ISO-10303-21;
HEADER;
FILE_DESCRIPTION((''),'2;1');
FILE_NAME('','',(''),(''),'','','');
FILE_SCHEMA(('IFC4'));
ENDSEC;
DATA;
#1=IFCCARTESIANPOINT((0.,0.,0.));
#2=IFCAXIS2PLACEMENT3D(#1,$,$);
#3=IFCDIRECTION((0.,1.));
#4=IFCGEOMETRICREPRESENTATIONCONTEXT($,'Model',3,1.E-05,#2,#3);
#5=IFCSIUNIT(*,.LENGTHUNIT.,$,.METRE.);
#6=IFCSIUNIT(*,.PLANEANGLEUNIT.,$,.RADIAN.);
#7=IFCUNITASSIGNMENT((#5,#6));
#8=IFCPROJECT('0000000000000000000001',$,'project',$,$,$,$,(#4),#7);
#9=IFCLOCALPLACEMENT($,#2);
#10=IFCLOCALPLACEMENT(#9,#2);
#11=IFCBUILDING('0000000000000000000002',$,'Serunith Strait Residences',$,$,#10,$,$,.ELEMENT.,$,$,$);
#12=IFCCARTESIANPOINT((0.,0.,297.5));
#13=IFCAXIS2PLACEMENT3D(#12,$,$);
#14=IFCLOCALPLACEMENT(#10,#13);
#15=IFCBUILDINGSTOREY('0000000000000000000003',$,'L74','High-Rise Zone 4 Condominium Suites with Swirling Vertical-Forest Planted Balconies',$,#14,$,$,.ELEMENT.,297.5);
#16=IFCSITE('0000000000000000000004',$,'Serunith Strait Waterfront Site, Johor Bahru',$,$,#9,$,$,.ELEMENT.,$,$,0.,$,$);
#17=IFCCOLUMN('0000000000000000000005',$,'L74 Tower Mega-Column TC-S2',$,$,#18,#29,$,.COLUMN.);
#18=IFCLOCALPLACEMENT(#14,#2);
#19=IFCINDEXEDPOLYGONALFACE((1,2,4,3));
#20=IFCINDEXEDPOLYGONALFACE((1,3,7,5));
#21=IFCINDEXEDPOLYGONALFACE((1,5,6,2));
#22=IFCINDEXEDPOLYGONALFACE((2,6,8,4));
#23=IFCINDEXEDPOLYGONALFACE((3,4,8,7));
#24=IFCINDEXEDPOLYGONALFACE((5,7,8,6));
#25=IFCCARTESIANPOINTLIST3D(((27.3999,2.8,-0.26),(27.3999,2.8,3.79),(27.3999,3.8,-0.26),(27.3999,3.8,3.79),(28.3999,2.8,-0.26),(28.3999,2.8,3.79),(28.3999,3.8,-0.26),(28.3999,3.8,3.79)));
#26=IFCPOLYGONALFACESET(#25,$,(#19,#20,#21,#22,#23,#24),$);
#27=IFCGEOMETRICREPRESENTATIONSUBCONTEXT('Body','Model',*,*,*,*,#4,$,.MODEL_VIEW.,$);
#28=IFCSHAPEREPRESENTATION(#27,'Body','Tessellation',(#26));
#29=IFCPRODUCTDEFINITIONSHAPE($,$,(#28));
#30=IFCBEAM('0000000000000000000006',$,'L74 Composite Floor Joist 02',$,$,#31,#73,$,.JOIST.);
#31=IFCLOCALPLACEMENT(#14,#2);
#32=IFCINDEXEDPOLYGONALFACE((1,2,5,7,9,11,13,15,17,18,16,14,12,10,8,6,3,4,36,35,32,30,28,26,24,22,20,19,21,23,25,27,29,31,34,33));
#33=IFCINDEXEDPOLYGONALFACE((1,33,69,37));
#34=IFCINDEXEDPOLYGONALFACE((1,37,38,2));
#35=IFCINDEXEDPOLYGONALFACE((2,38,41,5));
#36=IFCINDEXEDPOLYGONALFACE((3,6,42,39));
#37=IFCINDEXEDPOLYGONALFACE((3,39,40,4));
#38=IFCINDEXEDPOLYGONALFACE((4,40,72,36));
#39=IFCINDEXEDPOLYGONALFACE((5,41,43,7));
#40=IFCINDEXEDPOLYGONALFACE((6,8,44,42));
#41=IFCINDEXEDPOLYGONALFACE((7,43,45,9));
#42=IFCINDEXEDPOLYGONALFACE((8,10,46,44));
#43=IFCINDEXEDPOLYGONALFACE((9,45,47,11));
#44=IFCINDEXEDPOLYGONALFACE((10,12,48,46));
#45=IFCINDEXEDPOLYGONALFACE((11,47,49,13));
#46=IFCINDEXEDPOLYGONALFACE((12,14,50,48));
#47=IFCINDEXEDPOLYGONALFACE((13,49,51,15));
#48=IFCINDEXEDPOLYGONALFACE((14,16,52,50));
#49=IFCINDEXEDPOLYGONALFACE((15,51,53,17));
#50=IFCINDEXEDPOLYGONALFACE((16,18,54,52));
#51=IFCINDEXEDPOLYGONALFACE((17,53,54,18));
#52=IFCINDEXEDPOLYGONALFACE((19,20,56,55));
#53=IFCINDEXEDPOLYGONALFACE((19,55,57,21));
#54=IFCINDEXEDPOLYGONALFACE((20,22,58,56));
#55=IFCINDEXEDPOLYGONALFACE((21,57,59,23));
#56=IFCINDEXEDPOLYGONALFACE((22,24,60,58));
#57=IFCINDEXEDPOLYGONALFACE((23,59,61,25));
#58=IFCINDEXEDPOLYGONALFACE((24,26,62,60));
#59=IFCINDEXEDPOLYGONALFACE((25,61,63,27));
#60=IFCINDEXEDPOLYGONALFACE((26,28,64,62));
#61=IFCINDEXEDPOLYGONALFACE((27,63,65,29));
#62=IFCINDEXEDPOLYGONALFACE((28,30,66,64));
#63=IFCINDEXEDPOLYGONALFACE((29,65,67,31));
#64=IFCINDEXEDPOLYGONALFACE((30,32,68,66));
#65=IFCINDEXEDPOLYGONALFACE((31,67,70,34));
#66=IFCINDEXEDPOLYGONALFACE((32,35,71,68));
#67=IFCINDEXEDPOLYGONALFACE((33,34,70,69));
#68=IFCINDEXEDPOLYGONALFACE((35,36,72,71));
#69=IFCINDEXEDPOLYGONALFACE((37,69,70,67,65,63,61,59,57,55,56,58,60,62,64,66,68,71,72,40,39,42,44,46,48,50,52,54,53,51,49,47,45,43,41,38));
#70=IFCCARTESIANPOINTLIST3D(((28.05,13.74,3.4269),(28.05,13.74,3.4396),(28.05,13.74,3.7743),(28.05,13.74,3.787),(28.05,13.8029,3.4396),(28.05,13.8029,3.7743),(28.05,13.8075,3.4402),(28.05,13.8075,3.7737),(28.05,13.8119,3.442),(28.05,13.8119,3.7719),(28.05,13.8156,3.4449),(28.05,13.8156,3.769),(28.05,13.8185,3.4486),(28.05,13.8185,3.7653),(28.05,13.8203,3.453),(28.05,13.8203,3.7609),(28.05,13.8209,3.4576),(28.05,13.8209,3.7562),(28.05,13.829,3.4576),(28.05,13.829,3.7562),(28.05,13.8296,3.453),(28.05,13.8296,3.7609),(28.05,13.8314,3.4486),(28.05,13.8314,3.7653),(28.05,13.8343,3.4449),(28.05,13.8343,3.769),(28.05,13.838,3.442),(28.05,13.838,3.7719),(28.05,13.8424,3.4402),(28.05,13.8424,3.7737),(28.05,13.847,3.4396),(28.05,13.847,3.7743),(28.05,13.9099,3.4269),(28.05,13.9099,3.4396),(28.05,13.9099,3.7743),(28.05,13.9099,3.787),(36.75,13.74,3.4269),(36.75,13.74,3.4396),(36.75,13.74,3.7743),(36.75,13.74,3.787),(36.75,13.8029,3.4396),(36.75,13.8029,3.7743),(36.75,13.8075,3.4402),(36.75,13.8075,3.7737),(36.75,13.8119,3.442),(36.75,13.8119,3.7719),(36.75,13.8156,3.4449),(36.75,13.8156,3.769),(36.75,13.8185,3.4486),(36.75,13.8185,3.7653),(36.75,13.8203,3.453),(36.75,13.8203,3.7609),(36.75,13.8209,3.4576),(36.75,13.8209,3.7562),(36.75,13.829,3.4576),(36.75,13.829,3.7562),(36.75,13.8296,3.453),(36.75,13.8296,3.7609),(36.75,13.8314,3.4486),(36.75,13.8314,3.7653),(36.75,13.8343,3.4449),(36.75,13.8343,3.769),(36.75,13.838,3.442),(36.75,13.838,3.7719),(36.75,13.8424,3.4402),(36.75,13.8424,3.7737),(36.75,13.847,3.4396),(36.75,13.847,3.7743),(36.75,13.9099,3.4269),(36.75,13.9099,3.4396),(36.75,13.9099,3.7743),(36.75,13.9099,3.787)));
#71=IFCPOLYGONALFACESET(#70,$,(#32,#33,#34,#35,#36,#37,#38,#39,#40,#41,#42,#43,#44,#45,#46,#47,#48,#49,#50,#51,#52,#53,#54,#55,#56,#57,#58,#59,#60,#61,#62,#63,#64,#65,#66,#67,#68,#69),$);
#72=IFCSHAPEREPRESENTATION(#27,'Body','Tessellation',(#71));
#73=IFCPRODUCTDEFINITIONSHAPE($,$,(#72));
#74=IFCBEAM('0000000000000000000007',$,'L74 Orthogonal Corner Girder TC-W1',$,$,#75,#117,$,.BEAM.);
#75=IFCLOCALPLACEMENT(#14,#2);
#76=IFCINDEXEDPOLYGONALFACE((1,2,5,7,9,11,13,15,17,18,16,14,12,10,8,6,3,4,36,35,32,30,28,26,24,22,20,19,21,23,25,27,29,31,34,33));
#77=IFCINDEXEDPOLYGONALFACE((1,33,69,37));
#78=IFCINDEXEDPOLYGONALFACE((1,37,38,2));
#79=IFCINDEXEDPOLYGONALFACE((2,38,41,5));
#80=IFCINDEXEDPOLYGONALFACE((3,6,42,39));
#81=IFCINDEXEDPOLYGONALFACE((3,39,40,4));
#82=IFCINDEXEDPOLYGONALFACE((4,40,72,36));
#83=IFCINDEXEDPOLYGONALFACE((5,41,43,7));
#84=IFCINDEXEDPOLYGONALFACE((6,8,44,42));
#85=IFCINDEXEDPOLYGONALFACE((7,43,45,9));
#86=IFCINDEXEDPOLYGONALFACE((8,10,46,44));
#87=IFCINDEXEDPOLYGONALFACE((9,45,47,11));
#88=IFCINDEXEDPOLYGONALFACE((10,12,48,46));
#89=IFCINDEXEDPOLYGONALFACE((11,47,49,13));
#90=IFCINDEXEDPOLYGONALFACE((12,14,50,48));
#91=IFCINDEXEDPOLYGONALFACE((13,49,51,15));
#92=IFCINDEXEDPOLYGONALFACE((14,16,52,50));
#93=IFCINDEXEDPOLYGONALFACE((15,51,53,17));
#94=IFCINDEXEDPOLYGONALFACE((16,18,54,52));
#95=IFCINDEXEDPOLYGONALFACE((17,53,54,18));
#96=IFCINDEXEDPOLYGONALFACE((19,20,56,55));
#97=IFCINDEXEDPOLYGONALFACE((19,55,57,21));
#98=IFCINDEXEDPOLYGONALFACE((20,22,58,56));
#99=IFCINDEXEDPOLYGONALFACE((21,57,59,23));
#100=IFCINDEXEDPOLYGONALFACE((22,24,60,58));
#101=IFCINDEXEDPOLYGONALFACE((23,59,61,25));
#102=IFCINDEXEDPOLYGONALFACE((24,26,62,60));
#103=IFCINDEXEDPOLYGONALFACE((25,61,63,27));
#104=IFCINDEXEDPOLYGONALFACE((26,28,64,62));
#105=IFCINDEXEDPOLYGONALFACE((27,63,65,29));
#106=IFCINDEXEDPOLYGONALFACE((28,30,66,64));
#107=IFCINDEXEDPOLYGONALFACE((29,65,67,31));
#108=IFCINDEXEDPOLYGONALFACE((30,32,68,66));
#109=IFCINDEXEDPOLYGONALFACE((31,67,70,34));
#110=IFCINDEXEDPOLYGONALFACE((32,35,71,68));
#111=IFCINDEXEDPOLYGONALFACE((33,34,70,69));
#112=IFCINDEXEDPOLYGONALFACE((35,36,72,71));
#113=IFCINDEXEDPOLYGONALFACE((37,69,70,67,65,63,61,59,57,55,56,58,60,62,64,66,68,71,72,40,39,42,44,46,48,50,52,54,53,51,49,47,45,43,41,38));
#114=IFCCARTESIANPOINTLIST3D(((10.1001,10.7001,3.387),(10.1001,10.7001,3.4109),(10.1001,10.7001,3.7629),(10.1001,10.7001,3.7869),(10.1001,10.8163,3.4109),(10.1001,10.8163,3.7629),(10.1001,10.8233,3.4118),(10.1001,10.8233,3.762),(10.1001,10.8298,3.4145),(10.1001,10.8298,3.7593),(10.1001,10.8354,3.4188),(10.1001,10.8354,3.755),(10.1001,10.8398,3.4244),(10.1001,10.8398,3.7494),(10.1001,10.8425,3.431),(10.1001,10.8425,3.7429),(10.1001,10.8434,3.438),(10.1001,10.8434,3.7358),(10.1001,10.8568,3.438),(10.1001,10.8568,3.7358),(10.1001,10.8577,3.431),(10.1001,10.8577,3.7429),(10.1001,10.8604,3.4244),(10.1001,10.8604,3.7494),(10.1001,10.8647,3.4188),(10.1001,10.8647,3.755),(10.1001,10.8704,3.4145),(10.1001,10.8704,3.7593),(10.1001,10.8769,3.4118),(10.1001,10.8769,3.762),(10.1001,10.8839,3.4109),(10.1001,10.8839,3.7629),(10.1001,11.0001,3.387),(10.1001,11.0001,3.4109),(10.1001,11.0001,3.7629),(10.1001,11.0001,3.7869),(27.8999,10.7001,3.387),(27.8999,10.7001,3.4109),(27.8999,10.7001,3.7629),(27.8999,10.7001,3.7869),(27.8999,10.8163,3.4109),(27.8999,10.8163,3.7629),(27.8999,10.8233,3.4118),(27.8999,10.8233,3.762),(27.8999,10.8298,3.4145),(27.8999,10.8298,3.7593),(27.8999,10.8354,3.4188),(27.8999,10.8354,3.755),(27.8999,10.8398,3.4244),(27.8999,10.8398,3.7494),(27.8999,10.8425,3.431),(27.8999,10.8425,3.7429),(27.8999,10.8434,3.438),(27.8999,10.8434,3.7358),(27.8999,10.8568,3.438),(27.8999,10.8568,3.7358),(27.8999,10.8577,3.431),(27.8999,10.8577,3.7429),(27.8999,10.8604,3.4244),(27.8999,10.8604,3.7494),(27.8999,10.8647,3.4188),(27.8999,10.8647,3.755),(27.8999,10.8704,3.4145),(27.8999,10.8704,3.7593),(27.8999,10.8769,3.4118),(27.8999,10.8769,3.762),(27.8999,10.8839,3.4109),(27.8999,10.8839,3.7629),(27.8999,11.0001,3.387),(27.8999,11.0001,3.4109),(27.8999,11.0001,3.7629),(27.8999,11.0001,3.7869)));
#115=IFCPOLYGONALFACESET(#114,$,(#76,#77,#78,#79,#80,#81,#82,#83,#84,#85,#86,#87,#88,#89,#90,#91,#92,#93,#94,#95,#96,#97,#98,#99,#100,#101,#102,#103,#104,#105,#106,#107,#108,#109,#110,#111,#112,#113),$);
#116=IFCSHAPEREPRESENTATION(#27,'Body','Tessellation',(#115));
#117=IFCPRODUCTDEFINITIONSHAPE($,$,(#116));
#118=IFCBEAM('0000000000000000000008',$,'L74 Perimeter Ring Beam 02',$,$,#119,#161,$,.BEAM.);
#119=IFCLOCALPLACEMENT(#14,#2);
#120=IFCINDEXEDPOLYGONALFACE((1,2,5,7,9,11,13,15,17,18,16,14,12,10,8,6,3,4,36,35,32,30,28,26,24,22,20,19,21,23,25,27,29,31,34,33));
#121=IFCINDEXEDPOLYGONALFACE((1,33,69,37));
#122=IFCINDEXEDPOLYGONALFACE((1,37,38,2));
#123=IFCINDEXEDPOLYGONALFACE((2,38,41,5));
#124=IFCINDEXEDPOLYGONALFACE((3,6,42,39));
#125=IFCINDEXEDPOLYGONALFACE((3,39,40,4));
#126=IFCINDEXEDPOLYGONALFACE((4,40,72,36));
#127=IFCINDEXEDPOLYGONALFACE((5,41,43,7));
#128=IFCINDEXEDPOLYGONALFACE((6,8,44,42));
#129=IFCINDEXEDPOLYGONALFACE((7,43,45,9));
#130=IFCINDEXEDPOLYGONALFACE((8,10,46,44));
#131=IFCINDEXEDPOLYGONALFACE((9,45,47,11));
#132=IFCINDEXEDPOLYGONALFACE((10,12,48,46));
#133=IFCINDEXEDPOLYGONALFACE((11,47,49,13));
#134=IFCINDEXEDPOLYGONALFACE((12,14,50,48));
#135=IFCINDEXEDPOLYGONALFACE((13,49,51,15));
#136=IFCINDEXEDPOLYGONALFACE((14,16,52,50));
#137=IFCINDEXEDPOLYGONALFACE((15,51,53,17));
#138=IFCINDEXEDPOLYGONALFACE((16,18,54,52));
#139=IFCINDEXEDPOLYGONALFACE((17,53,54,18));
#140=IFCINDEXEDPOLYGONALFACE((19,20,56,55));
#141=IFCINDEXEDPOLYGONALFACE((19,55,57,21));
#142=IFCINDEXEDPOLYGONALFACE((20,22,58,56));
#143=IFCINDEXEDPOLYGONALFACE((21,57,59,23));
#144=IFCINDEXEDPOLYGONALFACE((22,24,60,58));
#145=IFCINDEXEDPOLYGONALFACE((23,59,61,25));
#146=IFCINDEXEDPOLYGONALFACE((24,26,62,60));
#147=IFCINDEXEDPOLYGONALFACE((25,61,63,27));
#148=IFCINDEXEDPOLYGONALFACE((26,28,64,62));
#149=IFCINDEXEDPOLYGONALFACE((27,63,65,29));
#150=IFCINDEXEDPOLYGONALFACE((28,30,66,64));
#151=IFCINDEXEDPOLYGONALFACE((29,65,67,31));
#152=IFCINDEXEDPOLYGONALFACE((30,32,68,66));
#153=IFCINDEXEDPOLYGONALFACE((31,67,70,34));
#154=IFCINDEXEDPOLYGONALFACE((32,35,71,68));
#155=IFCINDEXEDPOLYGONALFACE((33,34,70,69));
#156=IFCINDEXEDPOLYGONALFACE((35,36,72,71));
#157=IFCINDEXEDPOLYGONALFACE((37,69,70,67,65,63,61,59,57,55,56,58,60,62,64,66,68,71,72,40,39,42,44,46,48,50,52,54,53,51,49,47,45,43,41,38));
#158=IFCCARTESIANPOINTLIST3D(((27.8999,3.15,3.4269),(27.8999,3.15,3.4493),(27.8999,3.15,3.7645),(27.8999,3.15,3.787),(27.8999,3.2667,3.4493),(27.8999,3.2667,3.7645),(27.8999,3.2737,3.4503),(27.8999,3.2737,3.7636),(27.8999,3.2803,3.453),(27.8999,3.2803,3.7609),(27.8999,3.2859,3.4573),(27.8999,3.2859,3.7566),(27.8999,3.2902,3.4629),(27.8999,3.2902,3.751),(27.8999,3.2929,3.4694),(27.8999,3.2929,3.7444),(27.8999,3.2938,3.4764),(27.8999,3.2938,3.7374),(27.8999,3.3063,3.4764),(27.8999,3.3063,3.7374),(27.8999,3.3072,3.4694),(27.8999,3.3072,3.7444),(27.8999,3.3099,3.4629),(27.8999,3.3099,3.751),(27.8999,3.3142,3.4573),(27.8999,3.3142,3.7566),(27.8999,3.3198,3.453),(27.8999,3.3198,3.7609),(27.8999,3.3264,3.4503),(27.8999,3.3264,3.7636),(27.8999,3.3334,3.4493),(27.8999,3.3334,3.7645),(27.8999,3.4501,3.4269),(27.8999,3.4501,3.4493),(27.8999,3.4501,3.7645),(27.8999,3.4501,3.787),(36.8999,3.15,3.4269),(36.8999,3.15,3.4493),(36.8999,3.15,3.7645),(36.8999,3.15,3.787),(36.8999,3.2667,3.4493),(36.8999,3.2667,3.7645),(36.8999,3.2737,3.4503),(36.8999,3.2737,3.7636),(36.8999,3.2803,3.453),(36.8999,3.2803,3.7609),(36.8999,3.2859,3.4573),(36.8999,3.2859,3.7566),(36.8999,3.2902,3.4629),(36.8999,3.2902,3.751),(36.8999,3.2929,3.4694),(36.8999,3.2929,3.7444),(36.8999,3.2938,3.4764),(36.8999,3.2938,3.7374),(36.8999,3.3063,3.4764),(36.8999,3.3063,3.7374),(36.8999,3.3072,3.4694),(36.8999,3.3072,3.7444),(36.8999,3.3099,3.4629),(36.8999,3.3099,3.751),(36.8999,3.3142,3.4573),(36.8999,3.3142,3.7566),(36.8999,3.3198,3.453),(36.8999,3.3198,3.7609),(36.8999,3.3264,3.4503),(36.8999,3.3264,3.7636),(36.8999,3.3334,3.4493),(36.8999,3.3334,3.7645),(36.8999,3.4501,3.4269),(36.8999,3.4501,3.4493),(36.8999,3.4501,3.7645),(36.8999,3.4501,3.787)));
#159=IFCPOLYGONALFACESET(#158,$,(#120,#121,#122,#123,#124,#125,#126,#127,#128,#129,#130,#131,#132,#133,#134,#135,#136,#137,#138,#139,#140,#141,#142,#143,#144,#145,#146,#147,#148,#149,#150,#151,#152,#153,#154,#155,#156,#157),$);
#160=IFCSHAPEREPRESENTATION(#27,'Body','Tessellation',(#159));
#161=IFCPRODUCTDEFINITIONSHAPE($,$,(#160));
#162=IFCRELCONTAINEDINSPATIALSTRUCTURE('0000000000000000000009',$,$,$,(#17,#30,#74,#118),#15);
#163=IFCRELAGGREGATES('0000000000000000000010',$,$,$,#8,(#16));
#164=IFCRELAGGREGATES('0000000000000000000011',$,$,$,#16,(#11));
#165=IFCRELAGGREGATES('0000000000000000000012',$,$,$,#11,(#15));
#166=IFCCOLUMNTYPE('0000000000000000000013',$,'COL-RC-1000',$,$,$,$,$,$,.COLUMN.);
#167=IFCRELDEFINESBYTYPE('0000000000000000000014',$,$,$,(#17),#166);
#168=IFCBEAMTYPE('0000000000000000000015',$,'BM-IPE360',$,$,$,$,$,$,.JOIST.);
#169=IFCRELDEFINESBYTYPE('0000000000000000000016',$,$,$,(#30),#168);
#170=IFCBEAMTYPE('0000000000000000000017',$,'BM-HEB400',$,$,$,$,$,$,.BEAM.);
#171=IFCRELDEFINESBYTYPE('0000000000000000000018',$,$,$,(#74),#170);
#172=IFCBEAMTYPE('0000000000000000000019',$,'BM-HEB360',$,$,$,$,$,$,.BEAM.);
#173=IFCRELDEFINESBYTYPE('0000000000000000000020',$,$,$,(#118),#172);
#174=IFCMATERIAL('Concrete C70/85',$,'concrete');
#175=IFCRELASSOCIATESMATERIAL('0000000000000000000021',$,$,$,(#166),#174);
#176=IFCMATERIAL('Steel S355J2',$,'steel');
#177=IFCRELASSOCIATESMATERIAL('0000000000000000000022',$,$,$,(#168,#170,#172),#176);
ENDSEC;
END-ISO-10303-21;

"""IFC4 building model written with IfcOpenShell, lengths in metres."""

from ifc_helpers import new_model, si_unit, direction, frame, origin, origin_2d, place, context, subcontext, project, spatial, rectangle, i_section, extrude, source, transform, mapped, material, material_profile, profile_set, type_object, element, save


model = new_model("IFC4")

# Units and contexts
model_context = context("Model", 3, precision=1e-05, world=origin(), true_north=direction((0.0, 1.0)))
body_context = subcontext(model_context, "Body", "Model", "MODEL_VIEW")
ifc_project = project(units=[si_unit("LENGTHUNIT", "METRE"), si_unit("PLANEANGLEUNIT", "RADIAN")], contexts=[model_context])

# Site, building, storey
site_placement = place(None, origin())
site = spatial("IfcSite", under=ifc_project, at=site_placement, Name="Serunith Strait Waterfront Site, Johor Bahru", CompositionType="ELEMENT", RefElevation=0.0)
building_placement = place(site_placement, origin())
building = spatial("IfcBuilding", under=site, at=building_placement, Name="Serunith Strait Residences", CompositionType="ELEMENT")
storey_placement = place(building_placement, frame((0.0, 0.0, 297.5)))
storey = spatial("IfcBuildingStorey", under=building, at=storey_placement, Name="L74", Description="High-Rise Zone 4 Condominium Suites with Swirling Vertical-Forest Planted Balconies", CompositionType="ELEMENT", Elevation=297.5)

# Column
ifc_material_1 = material(Name="Concrete C70/85", Category="concrete")
ifc_material_profile_1 = material_profile(ifc_material_1, rectangle(XDim=1.0, YDim=1.0, at=origin_2d()), Name="RC 1000x1000")
ifc_profile_set_1 = profile_set([ifc_material_profile_1], Name="Concrete C70/85")
column_type = type_object("IfcColumnType", Name="COL-RC-1000", PredefinedType="COLUMN", material=ifc_profile_set_1)
shared_shape_1 = source(origin(), body_context, "Body", "SweptSolid", [
    extrude(rectangle(XDim=1.0, YDim=1.0, at=origin_2d()), origin(), (0.0, 0.0, 1.0), 4.05),
])
column_placement = place(storey_placement, frame((27.8999, 3.3, -0.26), z_axis=(0.0, 0.0, 1.0), x_axis=(1.0, 0.0, 0.0)))
element("IfcColumn", 1, at=column_placement, inside=storey, type_object=column_type, Name="L74 Tower Mega-Column TC-S2", PredefinedType="COLUMN", context=body_context, shape_type="MappedRepresentation", body=[
    mapped(shared_shape_1, transform((0.0, 0.0, 0.0), scale=1.0)),
])

# Beams
ifc_material_2 = material(Name="Steel S355J2", Category="steel")
ifc_material_profile_2 = material_profile(ifc_material_2, i_section(OverallWidth=0.1699, OverallDepth=0.3601, WebThickness=0.0081, FlangeThickness=0.0127, FilletRadius=0.0181, at=origin_2d()), Name="IPE 360")
ifc_profile_set_2 = profile_set([ifc_material_profile_2], Name="Steel S355J2")
beam_type_1 = type_object("IfcBeamType", Name="BM-IPE360", PredefinedType="JOIST", material=ifc_profile_set_2)
shared_shape_2 = source(origin(), body_context, "Body", "SweptSolid", [
    extrude(i_section(OverallWidth=0.1699, OverallDepth=0.3601, WebThickness=0.0081, FlangeThickness=0.0127, FilletRadius=0.0181, at=origin_2d()), origin(), (0.0, 0.0, 1.0), 8.7),
])
beam_1_placement = place(storey_placement, frame((28.05, 13.825, 3.6069), z_axis=(1.0, 0.0, 0.0), x_axis=(0.0, 1.0, 0.0)))
element("IfcBeam", 2, at=beam_1_placement, inside=storey, type_object=beam_type_1, Name="L74 Composite Floor Joist 02", PredefinedType="JOIST", context=body_context, shape_type="MappedRepresentation", body=[
    mapped(shared_shape_2, transform((0.0, 0.0, 0.0), scale=1.0)),
])
ifc_material_profile_3 = material_profile(ifc_material_2, i_section(OverallWidth=0.3, OverallDepth=0.3999, WebThickness=0.0134, FlangeThickness=0.0239, FilletRadius=0.0271, at=origin_2d()), Name="HEB 400")
ifc_profile_set_3 = profile_set([ifc_material_profile_3], Name="Steel S355J2")
beam_type_2 = type_object("IfcBeamType", Name="BM-HEB400", PredefinedType="BEAM", material=ifc_profile_set_3)
shared_shape_3 = source(origin(), body_context, "Body", "SweptSolid", [
    extrude(i_section(OverallWidth=0.3, OverallDepth=0.3999, WebThickness=0.0134, FlangeThickness=0.0239, FilletRadius=0.0271, at=origin_2d()), origin(), (0.0, 0.0, 1.0), 17.7998),
])
beam_2_placement = place(storey_placement, frame((27.8999, 10.8501, 3.5869), z_axis=(-1.0, 0.0, 0.0), x_axis=(0.0, -1.0, 0.0)))
element("IfcBeam", 3, at=beam_2_placement, inside=storey, type_object=beam_type_2, Name="L74 Orthogonal Corner Girder TC-W1", PredefinedType="BEAM", context=body_context, shape_type="MappedRepresentation", body=[
    mapped(shared_shape_3, transform((0.0, 0.0, 0.0), scale=1.0)),
])
ifc_material_profile_4 = material_profile(ifc_material_2, i_section(OverallWidth=0.3, OverallDepth=0.3601, WebThickness=0.0125, FlangeThickness=0.0225, FilletRadius=0.0271, at=origin_2d()), Name="HEB 360")
ifc_profile_set_4 = profile_set([ifc_material_profile_4], Name="Steel S355J2")
beam_type_3 = type_object("IfcBeamType", Name="BM-HEB360", PredefinedType="BEAM", material=ifc_profile_set_4)
shared_shape_4 = source(origin(), body_context, "Body", "SweptSolid", [
    extrude(i_section(OverallWidth=0.3, OverallDepth=0.3601, WebThickness=0.0125, FlangeThickness=0.0225, FilletRadius=0.0271, at=origin_2d()), origin(), (0.0, 0.0, 1.0), 9.0),
])
beam_3_placement = place(storey_placement, frame((27.8999, 3.3, 3.6069), z_axis=(1.0, 0.0, 0.0), x_axis=(0.0, 1.0, 0.0)))
element("IfcBeam", 4, at=beam_3_placement, inside=storey, type_object=beam_type_3, Name="L74 Perimeter Ring Beam 02", PredefinedType="BEAM", context=body_context, shape_type="MappedRepresentation", body=[
    mapped(shared_shape_4, transform((0.0, 0.0, 0.0), scale=1.0)),
])

save(model, "model.ifc")
